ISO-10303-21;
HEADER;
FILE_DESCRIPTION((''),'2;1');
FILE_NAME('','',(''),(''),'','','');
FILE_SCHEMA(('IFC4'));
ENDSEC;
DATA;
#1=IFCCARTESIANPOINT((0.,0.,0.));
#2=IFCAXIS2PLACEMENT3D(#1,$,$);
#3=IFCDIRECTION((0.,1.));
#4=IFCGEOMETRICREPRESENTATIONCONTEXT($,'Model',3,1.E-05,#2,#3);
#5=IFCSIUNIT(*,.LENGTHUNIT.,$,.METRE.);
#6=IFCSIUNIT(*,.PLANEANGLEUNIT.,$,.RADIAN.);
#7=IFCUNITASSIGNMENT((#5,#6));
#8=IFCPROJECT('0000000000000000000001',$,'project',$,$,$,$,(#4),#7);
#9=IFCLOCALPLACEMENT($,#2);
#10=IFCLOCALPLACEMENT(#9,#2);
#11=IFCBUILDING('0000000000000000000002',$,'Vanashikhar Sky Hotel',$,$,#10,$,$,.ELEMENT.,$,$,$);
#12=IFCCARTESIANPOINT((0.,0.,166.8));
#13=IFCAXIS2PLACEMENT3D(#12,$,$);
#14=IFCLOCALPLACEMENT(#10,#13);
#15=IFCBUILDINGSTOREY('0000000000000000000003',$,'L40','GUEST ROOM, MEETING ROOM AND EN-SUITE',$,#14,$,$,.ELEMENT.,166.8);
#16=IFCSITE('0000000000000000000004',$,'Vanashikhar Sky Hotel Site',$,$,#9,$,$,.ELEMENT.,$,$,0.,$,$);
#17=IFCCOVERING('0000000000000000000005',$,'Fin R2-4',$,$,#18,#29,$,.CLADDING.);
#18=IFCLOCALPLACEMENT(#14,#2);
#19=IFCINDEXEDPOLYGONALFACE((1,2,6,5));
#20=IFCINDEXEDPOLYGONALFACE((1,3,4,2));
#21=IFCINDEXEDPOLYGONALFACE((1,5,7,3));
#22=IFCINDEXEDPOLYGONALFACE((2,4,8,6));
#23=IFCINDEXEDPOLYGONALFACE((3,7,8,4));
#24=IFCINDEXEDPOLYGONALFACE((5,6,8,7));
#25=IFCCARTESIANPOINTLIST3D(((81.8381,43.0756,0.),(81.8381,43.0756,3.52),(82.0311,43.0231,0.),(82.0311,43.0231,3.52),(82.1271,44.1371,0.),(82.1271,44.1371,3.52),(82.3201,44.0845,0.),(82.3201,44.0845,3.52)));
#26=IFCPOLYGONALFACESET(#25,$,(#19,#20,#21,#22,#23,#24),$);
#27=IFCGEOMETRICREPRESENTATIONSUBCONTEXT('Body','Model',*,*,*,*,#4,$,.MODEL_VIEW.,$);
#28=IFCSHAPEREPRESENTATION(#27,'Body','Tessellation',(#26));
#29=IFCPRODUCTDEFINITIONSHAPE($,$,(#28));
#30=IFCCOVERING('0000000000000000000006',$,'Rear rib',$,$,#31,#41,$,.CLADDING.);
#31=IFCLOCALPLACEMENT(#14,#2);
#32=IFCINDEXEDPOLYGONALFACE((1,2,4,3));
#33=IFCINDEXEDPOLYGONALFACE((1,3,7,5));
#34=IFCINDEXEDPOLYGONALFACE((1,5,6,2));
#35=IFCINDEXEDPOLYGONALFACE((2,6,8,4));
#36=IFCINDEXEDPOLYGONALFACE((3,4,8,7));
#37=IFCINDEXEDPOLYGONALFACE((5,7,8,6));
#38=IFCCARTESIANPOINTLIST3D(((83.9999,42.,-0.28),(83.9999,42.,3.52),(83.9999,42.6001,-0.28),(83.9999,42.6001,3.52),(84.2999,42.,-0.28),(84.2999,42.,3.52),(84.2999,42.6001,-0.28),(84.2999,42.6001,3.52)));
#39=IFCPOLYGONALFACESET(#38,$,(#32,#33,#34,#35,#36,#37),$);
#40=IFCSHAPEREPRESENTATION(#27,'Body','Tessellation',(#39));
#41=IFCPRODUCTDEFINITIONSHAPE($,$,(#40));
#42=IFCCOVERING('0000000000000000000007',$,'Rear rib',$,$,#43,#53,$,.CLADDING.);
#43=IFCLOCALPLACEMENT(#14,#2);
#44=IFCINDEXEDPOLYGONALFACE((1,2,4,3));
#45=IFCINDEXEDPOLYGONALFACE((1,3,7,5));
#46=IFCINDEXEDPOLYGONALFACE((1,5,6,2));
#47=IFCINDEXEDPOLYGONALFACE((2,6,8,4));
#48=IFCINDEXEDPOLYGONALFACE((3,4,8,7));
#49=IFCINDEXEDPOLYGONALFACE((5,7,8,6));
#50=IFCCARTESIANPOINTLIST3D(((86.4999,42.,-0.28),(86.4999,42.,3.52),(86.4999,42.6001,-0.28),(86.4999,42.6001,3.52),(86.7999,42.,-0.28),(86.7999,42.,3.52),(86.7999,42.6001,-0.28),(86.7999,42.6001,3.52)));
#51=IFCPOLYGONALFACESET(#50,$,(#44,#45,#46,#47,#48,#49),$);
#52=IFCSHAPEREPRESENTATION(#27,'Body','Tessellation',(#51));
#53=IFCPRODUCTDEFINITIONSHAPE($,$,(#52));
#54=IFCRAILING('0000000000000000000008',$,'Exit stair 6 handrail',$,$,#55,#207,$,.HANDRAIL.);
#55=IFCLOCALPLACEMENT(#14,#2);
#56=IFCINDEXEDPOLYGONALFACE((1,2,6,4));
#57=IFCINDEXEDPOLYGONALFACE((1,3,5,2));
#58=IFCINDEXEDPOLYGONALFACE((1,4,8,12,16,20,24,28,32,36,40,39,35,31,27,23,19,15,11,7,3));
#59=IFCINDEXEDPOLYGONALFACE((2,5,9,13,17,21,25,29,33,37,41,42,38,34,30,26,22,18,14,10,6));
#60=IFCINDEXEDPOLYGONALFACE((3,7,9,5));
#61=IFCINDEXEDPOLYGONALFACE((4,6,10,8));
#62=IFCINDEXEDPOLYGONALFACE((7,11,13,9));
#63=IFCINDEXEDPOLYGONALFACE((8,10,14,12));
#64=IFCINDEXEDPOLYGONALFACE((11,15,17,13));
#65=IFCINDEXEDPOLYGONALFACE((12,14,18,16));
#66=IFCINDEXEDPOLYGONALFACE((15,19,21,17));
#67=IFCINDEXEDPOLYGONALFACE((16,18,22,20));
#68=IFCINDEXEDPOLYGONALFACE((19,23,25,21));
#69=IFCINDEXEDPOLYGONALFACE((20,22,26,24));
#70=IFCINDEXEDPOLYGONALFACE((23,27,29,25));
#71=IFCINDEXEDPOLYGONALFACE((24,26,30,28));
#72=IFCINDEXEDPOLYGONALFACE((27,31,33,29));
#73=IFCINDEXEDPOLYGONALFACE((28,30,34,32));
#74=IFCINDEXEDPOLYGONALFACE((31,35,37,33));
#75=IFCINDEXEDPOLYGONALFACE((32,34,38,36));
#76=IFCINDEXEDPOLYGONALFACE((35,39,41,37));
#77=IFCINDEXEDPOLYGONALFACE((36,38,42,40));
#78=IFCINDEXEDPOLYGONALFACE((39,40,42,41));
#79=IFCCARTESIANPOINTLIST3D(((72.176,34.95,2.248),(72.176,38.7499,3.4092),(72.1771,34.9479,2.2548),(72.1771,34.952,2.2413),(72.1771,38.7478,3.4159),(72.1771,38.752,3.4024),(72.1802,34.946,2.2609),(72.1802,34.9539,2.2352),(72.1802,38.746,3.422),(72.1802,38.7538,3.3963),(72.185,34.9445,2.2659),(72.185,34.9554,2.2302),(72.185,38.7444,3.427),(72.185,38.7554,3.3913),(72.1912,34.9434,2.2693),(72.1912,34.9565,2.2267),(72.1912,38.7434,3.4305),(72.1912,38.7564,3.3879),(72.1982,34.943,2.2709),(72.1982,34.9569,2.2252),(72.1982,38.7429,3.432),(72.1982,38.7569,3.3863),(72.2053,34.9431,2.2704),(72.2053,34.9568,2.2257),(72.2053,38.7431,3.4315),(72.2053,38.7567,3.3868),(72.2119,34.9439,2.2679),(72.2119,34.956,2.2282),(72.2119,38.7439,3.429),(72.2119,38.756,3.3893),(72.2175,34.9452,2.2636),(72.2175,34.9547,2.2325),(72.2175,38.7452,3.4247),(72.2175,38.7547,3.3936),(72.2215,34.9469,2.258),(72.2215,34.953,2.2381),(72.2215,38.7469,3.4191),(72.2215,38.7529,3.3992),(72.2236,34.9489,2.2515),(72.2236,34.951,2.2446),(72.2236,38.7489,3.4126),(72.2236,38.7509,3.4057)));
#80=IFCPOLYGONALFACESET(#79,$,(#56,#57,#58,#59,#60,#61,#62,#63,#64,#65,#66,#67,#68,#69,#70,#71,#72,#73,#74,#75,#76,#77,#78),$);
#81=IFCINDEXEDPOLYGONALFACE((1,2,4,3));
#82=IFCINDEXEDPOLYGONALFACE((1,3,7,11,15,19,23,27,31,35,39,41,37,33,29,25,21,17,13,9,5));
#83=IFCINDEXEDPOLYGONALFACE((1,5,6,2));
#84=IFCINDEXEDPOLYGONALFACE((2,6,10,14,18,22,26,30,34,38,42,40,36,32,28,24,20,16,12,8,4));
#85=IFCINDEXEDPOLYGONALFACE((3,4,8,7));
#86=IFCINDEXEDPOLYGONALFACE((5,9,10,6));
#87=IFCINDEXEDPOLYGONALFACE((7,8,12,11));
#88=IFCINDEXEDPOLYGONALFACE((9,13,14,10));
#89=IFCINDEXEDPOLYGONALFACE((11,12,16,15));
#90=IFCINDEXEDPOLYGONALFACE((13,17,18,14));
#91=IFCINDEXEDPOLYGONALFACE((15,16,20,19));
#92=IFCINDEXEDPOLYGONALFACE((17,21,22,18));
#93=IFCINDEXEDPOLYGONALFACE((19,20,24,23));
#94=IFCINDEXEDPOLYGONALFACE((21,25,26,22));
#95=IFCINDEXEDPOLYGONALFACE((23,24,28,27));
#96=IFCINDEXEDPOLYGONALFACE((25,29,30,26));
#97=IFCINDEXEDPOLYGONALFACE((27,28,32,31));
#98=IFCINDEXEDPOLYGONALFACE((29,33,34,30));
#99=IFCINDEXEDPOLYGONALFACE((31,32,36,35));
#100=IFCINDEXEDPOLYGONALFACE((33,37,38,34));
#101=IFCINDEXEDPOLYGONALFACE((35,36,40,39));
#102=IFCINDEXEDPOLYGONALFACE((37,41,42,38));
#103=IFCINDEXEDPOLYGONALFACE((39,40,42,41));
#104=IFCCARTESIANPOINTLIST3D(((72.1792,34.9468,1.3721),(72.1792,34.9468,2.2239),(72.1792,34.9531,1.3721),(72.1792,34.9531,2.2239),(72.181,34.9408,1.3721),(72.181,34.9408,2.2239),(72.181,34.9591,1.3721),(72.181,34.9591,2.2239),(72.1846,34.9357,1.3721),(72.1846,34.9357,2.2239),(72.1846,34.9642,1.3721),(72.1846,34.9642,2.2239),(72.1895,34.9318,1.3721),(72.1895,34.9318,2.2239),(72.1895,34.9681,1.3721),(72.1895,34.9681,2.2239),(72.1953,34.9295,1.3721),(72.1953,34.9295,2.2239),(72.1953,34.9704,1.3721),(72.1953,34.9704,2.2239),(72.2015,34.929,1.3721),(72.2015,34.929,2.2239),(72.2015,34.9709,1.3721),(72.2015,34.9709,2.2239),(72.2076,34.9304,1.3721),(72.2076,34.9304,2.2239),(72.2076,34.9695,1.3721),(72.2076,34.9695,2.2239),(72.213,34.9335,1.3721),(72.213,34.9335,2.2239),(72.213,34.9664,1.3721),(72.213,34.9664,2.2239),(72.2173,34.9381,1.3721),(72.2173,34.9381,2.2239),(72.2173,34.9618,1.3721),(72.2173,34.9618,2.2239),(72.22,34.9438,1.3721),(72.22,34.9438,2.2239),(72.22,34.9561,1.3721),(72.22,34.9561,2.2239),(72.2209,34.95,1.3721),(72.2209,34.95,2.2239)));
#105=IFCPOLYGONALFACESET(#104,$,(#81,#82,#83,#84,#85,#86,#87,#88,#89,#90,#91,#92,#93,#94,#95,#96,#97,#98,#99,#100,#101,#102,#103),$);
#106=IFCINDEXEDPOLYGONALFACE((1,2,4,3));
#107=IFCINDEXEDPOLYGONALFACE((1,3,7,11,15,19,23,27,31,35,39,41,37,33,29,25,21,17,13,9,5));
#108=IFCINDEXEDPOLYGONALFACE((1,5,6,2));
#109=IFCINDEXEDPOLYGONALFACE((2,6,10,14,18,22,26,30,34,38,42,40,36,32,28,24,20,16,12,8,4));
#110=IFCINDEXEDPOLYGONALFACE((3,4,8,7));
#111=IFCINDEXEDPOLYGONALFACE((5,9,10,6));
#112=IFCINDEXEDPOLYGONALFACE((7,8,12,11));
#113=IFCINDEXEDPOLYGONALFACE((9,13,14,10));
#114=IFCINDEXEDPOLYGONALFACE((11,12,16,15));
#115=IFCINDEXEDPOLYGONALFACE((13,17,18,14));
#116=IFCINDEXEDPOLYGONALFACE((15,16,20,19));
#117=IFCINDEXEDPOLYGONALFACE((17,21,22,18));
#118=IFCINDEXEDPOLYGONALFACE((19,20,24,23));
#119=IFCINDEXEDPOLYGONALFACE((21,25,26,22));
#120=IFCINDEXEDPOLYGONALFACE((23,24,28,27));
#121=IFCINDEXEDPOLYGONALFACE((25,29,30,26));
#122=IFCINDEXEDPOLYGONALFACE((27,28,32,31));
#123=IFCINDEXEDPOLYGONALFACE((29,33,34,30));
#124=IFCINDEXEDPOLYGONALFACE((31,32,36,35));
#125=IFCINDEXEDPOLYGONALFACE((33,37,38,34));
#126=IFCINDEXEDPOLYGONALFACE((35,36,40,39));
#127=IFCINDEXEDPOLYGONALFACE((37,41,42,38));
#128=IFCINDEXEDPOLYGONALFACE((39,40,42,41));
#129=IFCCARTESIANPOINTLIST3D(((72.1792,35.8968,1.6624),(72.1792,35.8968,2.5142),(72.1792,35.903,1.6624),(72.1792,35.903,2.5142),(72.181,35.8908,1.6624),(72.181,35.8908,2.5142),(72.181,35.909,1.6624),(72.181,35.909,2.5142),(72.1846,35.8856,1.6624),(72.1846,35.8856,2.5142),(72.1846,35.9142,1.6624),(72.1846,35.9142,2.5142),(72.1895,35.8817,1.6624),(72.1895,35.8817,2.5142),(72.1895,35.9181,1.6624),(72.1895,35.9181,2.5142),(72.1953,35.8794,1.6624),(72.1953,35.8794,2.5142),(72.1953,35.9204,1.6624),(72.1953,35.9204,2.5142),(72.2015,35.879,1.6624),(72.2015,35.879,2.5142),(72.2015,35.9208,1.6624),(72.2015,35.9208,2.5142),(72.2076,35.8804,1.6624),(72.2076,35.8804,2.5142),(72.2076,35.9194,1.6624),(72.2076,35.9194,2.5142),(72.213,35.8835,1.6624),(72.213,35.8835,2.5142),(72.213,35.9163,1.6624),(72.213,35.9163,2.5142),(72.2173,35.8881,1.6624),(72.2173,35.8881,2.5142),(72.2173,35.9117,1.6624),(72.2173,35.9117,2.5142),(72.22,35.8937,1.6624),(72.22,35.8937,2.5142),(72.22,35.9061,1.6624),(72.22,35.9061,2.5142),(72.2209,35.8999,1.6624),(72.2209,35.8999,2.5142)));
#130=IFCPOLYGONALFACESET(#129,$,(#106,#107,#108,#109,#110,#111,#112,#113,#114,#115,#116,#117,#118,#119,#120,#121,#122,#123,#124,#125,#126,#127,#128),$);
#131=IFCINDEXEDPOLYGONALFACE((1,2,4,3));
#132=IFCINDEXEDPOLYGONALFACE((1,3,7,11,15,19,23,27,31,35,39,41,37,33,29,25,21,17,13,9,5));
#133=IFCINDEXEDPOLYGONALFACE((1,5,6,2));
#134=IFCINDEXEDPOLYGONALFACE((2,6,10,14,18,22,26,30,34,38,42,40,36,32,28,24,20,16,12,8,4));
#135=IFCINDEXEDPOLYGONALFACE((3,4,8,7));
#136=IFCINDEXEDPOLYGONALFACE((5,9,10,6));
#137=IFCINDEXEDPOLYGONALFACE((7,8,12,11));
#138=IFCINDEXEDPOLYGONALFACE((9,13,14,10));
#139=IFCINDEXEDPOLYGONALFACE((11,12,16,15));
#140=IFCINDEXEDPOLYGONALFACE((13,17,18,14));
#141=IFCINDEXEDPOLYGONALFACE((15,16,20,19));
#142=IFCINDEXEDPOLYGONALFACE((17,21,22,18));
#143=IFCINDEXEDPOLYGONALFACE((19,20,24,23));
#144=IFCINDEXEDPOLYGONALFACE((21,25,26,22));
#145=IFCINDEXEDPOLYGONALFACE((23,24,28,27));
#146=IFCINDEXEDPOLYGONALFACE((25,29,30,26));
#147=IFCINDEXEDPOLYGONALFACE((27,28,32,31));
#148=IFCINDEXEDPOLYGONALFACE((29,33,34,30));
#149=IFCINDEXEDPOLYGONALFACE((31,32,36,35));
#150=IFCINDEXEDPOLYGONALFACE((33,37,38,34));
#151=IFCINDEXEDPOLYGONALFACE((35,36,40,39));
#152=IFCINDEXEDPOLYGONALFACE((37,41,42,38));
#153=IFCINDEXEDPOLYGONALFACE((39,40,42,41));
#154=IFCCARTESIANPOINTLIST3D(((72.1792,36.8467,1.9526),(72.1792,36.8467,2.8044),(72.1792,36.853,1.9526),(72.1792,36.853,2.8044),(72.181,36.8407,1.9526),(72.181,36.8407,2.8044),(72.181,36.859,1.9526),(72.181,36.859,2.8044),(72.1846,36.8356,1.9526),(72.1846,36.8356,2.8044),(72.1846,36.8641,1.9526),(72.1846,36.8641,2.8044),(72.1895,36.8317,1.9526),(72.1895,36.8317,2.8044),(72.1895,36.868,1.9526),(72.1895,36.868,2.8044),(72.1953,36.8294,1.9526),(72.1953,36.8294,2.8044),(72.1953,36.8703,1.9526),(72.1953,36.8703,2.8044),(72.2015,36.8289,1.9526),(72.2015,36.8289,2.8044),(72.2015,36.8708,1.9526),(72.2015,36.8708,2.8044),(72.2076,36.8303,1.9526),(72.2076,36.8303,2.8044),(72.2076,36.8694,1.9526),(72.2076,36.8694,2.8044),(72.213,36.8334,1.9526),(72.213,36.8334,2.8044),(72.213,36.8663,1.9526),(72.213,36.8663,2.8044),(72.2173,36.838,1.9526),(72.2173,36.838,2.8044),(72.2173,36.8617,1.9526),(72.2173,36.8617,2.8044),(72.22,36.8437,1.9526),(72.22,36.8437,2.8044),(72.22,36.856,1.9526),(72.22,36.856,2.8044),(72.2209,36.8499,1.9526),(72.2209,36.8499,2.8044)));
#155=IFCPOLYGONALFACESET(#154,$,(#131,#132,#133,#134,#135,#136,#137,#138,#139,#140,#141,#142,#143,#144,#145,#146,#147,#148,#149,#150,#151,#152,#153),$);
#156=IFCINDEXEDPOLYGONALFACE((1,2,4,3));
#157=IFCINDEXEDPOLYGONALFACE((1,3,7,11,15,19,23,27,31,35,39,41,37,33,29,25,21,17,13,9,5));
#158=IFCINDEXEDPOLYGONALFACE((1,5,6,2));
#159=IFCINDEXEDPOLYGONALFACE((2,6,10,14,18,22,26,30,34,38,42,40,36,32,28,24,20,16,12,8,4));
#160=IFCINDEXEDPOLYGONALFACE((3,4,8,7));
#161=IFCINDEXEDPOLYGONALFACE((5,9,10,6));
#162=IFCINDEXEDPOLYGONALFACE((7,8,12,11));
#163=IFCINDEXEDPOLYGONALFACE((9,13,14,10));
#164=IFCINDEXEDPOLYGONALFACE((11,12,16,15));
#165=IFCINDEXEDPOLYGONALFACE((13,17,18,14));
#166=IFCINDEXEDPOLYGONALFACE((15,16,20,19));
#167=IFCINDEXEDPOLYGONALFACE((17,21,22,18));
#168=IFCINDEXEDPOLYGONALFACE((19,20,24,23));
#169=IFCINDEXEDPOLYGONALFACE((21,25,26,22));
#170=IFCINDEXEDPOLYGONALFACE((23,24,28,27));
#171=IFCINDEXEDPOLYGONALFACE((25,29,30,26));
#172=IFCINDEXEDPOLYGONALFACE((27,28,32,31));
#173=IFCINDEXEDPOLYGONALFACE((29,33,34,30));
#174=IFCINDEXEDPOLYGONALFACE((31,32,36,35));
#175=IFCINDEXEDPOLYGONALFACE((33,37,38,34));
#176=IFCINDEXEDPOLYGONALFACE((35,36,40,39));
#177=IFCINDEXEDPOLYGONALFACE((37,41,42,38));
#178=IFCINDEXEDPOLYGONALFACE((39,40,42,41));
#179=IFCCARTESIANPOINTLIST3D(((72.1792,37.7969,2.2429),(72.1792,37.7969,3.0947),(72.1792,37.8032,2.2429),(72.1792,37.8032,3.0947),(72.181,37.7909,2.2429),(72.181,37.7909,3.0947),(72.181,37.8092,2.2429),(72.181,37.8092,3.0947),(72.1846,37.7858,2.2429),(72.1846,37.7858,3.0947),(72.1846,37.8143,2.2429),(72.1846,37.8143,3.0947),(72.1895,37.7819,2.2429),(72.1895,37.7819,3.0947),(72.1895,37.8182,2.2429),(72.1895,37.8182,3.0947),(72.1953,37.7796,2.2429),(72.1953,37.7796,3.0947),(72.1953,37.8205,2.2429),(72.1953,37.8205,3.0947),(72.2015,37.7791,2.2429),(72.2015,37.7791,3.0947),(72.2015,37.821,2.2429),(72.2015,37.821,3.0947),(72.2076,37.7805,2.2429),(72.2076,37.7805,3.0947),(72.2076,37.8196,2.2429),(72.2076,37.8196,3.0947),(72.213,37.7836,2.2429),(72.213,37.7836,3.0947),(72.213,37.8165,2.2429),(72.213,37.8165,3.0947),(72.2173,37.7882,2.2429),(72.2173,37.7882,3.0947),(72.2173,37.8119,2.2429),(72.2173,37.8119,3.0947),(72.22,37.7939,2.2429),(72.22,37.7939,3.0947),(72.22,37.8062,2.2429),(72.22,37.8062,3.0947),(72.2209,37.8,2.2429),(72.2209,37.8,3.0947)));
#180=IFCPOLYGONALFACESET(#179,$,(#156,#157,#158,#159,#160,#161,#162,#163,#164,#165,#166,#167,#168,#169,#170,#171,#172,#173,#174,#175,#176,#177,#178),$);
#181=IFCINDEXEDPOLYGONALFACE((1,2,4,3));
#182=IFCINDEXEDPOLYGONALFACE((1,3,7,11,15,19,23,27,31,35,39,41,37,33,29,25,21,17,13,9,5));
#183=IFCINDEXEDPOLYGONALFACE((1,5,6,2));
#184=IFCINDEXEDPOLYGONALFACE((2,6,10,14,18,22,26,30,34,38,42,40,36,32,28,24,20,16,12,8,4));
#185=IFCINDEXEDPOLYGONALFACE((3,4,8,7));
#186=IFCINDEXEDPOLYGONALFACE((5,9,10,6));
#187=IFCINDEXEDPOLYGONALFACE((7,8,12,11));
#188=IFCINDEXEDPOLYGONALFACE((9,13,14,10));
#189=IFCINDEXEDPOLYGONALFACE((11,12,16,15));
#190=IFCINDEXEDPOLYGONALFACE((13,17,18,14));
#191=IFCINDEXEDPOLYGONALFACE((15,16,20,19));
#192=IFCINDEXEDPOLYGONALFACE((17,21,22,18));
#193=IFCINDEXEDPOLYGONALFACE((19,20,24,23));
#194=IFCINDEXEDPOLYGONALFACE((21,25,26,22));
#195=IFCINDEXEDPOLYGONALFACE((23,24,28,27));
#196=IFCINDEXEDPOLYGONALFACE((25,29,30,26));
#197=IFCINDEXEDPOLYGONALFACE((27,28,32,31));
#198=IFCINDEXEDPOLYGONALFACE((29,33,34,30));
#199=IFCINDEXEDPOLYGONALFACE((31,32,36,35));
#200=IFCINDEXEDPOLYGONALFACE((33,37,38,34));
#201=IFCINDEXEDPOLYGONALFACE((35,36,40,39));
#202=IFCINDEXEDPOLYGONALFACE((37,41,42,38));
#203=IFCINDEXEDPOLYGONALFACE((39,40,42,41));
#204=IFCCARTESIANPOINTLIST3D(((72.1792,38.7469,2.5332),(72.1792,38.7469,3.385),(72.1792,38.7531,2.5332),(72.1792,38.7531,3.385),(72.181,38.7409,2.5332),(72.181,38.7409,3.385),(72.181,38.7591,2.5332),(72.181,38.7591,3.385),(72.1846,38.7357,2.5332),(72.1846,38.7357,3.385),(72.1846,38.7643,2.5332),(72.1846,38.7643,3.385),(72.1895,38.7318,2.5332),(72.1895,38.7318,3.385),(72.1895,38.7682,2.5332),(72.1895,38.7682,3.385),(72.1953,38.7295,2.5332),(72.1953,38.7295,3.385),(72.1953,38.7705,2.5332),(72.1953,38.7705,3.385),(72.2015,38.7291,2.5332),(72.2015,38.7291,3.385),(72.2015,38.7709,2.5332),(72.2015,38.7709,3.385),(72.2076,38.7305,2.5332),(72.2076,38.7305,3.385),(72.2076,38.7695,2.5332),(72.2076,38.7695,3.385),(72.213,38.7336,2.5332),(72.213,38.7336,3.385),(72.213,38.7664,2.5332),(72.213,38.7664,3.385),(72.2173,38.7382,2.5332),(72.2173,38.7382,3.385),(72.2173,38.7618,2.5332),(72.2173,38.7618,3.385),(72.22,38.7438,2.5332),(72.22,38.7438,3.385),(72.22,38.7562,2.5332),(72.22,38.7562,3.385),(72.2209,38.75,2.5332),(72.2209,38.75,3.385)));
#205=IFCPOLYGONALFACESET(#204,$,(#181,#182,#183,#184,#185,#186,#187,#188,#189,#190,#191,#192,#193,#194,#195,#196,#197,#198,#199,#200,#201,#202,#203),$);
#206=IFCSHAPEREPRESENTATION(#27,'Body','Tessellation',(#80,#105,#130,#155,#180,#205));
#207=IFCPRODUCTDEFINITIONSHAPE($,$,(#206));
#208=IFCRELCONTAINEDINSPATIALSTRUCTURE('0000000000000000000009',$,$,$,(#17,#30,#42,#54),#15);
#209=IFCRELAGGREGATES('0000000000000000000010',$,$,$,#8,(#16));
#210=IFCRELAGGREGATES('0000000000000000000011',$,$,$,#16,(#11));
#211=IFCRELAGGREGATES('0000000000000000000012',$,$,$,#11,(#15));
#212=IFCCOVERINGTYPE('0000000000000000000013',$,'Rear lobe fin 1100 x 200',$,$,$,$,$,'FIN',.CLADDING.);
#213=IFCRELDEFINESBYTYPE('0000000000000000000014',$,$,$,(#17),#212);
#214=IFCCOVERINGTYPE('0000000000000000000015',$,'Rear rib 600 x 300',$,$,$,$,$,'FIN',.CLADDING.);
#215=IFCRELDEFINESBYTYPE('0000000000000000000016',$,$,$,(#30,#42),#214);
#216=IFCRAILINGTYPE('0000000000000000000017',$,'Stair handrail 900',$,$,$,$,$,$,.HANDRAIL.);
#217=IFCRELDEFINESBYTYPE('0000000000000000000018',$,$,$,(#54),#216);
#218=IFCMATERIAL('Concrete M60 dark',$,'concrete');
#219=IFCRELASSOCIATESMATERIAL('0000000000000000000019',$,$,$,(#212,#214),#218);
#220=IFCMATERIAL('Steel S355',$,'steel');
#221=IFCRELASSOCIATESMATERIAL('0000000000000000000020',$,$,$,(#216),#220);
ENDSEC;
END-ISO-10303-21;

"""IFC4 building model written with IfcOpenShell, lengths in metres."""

from ifc_helpers import new_model, si_unit, direction, frame, origin, origin_2d, place, context, subcontext, project, spatial, rectangle, circle, extrude, source, transform, mapped, material, material_profile, profile_set, type_object, element, save


model = new_model("IFC4")

# Units and contexts
model_context = context("Model", 3, precision=1e-05, world=origin(), true_north=direction((0.0, 1.0)))
body_context = subcontext(model_context, "Body", "Model", "MODEL_VIEW")
ifc_project = project(units=[si_unit("LENGTHUNIT", "METRE"), si_unit("PLANEANGLEUNIT", "RADIAN")], contexts=[model_context])

# Site, building, storey
site_placement = place(None, origin())
site = spatial("IfcSite", under=ifc_project, at=site_placement, Name="Vanashikhar Sky Hotel Site", CompositionType="ELEMENT", RefElevation=0.0)
building_placement = place(site_placement, origin())
building = spatial("IfcBuilding", under=site, at=building_placement, Name="Vanashikhar Sky Hotel", CompositionType="ELEMENT")
storey_placement = place(building_placement, frame((0.0, 0.0, 166.8)))
storey = spatial("IfcBuildingStorey", under=building, at=storey_placement, Name="L40", Description="GUEST ROOM, MEETING ROOM AND EN-SUITE", CompositionType="ELEMENT", Elevation=166.8)

# Coverings
ifc_material_1 = material(Name="Concrete M60 dark", Category="concrete")
ifc_material_profile_1 = material_profile(ifc_material_1, rectangle(XDim=1.1001, YDim=0.2, at=origin_2d()))
ifc_profile_set_1 = profile_set([ifc_material_profile_1], Name="Rear lobe fin 1100 x 200")
covering_type_1 = type_object("IfcCoveringType", Name="Rear lobe fin 1100 x 200", ElementType="FIN", PredefinedType="CLADDING", material=ifc_profile_set_1)
shared_shape_1 = source(origin(), body_context, "Body", "SweptSolid", [
    extrude(rectangle(XDim=1.1001, YDim=0.2, at=origin_2d()), origin(), (0.0, 0.0, 1.0), 3.52),
])
for number, where, z_axis, x_axis, name in (
    (1, (82.0791, 43.5801, 0.0), (0.0, 0.0, 1.0), (0.262711, 0.964874, 0.0), "Fin R2-4"),
):
    element("IfcCovering", number, at=place(storey_placement, frame(where, z_axis=z_axis, x_axis=x_axis)), inside=storey, type_object=covering_type_1, Name=name, PredefinedType="CLADDING", context=body_context, shape_type="MappedRepresentation", body=[
        mapped(shared_shape_1, transform((0.0, 0.0, 0.0), scale=1.0)),
    ])
ifc_material_profile_2 = material_profile(ifc_material_1, rectangle(XDim=0.6001, YDim=0.3, at=origin_2d()))
ifc_profile_set_2 = profile_set([ifc_material_profile_2], Name="Rear rib 600 x 300")
covering_type_2 = type_object("IfcCoveringType", Name="Rear rib 600 x 300", ElementType="FIN", PredefinedType="CLADDING", material=ifc_profile_set_2)
shared_shape_2 = source(origin(), body_context, "Body", "SweptSolid", [
    extrude(rectangle(XDim=0.6001, YDim=0.3, at=origin_2d()), origin(), (0.0, 0.0, 1.0), 3.8),
])
for number, where, z_axis, x_axis, name in (
    (2, (84.1499, 42.3, -0.28), (0.0, 0.0, 1.0), (0.0, 1.0, 0.0), "Rear rib"),
    (3, (86.6499, 42.3, -0.28), (0.0, 0.0, 1.0), (0.0, 1.0, 0.0), "Rear rib"),
):
    element("IfcCovering", number, at=place(storey_placement, frame(where, z_axis=z_axis, x_axis=x_axis)), inside=storey, type_object=covering_type_2, Name=name, PredefinedType="CLADDING", context=body_context, shape_type="MappedRepresentation", body=[
        mapped(shared_shape_2, transform((0.0, 0.0, 0.0), scale=1.0)),
    ])

# Railing
ifc_material_2 = material(Name="Steel S355", Category="steel")
railing_type_1 = type_object("IfcRailingType", Name="Stair handrail 900", PredefinedType="HANDRAIL", material=ifc_material_2)
shared_shape_3 = source(origin(), body_context, "Body", "SweptSolid", [
    extrude(circle(Radius=0.0239, at=origin_2d()), frame((0.0, 0.0, 0.876), z_axis=(0.0, 0.956351, 0.29222), x_axis=(-1.0, 0.0, 0.0)), (0.0, 0.0, 1.0), 3.9734),
    extrude(circle(Radius=0.021, at=origin_2d()), origin(), (0.0, 0.0, 1.0), 0.8518),
    extrude(circle(Radius=0.021, at=origin_2d()), frame((0.0, 0.95, 0.2903)), (0.0, 0.0, 1.0), 0.8518),
    extrude(circle(Radius=0.021, at=origin_2d()), frame((0.0, 1.8999, 0.5806)), (0.0, 0.0, 1.0), 0.8518),
    extrude(circle(Radius=0.021, at=origin_2d()), frame((0.0, 2.8501, 0.8708)), (0.0, 0.0, 1.0), 0.8518),
    extrude(circle(Radius=0.021, at=origin_2d()), frame((0.0, 3.8, 1.1611)), (0.0, 0.0, 1.0), 0.8518),
])
railing_1_placement = place(storey_placement, frame((72.2, 34.95, 1.3721)))
element("IfcRailing", 4, at=railing_1_placement, inside=storey, type_object=railing_type_1, Name="Exit stair 6 handrail", PredefinedType="HANDRAIL", context=body_context, shape_type="MappedRepresentation", body=[
    mapped(shared_shape_3, transform((0.0, 0.0, 0.0), scale=1.0)),
])

save(model, "model.ifc")
